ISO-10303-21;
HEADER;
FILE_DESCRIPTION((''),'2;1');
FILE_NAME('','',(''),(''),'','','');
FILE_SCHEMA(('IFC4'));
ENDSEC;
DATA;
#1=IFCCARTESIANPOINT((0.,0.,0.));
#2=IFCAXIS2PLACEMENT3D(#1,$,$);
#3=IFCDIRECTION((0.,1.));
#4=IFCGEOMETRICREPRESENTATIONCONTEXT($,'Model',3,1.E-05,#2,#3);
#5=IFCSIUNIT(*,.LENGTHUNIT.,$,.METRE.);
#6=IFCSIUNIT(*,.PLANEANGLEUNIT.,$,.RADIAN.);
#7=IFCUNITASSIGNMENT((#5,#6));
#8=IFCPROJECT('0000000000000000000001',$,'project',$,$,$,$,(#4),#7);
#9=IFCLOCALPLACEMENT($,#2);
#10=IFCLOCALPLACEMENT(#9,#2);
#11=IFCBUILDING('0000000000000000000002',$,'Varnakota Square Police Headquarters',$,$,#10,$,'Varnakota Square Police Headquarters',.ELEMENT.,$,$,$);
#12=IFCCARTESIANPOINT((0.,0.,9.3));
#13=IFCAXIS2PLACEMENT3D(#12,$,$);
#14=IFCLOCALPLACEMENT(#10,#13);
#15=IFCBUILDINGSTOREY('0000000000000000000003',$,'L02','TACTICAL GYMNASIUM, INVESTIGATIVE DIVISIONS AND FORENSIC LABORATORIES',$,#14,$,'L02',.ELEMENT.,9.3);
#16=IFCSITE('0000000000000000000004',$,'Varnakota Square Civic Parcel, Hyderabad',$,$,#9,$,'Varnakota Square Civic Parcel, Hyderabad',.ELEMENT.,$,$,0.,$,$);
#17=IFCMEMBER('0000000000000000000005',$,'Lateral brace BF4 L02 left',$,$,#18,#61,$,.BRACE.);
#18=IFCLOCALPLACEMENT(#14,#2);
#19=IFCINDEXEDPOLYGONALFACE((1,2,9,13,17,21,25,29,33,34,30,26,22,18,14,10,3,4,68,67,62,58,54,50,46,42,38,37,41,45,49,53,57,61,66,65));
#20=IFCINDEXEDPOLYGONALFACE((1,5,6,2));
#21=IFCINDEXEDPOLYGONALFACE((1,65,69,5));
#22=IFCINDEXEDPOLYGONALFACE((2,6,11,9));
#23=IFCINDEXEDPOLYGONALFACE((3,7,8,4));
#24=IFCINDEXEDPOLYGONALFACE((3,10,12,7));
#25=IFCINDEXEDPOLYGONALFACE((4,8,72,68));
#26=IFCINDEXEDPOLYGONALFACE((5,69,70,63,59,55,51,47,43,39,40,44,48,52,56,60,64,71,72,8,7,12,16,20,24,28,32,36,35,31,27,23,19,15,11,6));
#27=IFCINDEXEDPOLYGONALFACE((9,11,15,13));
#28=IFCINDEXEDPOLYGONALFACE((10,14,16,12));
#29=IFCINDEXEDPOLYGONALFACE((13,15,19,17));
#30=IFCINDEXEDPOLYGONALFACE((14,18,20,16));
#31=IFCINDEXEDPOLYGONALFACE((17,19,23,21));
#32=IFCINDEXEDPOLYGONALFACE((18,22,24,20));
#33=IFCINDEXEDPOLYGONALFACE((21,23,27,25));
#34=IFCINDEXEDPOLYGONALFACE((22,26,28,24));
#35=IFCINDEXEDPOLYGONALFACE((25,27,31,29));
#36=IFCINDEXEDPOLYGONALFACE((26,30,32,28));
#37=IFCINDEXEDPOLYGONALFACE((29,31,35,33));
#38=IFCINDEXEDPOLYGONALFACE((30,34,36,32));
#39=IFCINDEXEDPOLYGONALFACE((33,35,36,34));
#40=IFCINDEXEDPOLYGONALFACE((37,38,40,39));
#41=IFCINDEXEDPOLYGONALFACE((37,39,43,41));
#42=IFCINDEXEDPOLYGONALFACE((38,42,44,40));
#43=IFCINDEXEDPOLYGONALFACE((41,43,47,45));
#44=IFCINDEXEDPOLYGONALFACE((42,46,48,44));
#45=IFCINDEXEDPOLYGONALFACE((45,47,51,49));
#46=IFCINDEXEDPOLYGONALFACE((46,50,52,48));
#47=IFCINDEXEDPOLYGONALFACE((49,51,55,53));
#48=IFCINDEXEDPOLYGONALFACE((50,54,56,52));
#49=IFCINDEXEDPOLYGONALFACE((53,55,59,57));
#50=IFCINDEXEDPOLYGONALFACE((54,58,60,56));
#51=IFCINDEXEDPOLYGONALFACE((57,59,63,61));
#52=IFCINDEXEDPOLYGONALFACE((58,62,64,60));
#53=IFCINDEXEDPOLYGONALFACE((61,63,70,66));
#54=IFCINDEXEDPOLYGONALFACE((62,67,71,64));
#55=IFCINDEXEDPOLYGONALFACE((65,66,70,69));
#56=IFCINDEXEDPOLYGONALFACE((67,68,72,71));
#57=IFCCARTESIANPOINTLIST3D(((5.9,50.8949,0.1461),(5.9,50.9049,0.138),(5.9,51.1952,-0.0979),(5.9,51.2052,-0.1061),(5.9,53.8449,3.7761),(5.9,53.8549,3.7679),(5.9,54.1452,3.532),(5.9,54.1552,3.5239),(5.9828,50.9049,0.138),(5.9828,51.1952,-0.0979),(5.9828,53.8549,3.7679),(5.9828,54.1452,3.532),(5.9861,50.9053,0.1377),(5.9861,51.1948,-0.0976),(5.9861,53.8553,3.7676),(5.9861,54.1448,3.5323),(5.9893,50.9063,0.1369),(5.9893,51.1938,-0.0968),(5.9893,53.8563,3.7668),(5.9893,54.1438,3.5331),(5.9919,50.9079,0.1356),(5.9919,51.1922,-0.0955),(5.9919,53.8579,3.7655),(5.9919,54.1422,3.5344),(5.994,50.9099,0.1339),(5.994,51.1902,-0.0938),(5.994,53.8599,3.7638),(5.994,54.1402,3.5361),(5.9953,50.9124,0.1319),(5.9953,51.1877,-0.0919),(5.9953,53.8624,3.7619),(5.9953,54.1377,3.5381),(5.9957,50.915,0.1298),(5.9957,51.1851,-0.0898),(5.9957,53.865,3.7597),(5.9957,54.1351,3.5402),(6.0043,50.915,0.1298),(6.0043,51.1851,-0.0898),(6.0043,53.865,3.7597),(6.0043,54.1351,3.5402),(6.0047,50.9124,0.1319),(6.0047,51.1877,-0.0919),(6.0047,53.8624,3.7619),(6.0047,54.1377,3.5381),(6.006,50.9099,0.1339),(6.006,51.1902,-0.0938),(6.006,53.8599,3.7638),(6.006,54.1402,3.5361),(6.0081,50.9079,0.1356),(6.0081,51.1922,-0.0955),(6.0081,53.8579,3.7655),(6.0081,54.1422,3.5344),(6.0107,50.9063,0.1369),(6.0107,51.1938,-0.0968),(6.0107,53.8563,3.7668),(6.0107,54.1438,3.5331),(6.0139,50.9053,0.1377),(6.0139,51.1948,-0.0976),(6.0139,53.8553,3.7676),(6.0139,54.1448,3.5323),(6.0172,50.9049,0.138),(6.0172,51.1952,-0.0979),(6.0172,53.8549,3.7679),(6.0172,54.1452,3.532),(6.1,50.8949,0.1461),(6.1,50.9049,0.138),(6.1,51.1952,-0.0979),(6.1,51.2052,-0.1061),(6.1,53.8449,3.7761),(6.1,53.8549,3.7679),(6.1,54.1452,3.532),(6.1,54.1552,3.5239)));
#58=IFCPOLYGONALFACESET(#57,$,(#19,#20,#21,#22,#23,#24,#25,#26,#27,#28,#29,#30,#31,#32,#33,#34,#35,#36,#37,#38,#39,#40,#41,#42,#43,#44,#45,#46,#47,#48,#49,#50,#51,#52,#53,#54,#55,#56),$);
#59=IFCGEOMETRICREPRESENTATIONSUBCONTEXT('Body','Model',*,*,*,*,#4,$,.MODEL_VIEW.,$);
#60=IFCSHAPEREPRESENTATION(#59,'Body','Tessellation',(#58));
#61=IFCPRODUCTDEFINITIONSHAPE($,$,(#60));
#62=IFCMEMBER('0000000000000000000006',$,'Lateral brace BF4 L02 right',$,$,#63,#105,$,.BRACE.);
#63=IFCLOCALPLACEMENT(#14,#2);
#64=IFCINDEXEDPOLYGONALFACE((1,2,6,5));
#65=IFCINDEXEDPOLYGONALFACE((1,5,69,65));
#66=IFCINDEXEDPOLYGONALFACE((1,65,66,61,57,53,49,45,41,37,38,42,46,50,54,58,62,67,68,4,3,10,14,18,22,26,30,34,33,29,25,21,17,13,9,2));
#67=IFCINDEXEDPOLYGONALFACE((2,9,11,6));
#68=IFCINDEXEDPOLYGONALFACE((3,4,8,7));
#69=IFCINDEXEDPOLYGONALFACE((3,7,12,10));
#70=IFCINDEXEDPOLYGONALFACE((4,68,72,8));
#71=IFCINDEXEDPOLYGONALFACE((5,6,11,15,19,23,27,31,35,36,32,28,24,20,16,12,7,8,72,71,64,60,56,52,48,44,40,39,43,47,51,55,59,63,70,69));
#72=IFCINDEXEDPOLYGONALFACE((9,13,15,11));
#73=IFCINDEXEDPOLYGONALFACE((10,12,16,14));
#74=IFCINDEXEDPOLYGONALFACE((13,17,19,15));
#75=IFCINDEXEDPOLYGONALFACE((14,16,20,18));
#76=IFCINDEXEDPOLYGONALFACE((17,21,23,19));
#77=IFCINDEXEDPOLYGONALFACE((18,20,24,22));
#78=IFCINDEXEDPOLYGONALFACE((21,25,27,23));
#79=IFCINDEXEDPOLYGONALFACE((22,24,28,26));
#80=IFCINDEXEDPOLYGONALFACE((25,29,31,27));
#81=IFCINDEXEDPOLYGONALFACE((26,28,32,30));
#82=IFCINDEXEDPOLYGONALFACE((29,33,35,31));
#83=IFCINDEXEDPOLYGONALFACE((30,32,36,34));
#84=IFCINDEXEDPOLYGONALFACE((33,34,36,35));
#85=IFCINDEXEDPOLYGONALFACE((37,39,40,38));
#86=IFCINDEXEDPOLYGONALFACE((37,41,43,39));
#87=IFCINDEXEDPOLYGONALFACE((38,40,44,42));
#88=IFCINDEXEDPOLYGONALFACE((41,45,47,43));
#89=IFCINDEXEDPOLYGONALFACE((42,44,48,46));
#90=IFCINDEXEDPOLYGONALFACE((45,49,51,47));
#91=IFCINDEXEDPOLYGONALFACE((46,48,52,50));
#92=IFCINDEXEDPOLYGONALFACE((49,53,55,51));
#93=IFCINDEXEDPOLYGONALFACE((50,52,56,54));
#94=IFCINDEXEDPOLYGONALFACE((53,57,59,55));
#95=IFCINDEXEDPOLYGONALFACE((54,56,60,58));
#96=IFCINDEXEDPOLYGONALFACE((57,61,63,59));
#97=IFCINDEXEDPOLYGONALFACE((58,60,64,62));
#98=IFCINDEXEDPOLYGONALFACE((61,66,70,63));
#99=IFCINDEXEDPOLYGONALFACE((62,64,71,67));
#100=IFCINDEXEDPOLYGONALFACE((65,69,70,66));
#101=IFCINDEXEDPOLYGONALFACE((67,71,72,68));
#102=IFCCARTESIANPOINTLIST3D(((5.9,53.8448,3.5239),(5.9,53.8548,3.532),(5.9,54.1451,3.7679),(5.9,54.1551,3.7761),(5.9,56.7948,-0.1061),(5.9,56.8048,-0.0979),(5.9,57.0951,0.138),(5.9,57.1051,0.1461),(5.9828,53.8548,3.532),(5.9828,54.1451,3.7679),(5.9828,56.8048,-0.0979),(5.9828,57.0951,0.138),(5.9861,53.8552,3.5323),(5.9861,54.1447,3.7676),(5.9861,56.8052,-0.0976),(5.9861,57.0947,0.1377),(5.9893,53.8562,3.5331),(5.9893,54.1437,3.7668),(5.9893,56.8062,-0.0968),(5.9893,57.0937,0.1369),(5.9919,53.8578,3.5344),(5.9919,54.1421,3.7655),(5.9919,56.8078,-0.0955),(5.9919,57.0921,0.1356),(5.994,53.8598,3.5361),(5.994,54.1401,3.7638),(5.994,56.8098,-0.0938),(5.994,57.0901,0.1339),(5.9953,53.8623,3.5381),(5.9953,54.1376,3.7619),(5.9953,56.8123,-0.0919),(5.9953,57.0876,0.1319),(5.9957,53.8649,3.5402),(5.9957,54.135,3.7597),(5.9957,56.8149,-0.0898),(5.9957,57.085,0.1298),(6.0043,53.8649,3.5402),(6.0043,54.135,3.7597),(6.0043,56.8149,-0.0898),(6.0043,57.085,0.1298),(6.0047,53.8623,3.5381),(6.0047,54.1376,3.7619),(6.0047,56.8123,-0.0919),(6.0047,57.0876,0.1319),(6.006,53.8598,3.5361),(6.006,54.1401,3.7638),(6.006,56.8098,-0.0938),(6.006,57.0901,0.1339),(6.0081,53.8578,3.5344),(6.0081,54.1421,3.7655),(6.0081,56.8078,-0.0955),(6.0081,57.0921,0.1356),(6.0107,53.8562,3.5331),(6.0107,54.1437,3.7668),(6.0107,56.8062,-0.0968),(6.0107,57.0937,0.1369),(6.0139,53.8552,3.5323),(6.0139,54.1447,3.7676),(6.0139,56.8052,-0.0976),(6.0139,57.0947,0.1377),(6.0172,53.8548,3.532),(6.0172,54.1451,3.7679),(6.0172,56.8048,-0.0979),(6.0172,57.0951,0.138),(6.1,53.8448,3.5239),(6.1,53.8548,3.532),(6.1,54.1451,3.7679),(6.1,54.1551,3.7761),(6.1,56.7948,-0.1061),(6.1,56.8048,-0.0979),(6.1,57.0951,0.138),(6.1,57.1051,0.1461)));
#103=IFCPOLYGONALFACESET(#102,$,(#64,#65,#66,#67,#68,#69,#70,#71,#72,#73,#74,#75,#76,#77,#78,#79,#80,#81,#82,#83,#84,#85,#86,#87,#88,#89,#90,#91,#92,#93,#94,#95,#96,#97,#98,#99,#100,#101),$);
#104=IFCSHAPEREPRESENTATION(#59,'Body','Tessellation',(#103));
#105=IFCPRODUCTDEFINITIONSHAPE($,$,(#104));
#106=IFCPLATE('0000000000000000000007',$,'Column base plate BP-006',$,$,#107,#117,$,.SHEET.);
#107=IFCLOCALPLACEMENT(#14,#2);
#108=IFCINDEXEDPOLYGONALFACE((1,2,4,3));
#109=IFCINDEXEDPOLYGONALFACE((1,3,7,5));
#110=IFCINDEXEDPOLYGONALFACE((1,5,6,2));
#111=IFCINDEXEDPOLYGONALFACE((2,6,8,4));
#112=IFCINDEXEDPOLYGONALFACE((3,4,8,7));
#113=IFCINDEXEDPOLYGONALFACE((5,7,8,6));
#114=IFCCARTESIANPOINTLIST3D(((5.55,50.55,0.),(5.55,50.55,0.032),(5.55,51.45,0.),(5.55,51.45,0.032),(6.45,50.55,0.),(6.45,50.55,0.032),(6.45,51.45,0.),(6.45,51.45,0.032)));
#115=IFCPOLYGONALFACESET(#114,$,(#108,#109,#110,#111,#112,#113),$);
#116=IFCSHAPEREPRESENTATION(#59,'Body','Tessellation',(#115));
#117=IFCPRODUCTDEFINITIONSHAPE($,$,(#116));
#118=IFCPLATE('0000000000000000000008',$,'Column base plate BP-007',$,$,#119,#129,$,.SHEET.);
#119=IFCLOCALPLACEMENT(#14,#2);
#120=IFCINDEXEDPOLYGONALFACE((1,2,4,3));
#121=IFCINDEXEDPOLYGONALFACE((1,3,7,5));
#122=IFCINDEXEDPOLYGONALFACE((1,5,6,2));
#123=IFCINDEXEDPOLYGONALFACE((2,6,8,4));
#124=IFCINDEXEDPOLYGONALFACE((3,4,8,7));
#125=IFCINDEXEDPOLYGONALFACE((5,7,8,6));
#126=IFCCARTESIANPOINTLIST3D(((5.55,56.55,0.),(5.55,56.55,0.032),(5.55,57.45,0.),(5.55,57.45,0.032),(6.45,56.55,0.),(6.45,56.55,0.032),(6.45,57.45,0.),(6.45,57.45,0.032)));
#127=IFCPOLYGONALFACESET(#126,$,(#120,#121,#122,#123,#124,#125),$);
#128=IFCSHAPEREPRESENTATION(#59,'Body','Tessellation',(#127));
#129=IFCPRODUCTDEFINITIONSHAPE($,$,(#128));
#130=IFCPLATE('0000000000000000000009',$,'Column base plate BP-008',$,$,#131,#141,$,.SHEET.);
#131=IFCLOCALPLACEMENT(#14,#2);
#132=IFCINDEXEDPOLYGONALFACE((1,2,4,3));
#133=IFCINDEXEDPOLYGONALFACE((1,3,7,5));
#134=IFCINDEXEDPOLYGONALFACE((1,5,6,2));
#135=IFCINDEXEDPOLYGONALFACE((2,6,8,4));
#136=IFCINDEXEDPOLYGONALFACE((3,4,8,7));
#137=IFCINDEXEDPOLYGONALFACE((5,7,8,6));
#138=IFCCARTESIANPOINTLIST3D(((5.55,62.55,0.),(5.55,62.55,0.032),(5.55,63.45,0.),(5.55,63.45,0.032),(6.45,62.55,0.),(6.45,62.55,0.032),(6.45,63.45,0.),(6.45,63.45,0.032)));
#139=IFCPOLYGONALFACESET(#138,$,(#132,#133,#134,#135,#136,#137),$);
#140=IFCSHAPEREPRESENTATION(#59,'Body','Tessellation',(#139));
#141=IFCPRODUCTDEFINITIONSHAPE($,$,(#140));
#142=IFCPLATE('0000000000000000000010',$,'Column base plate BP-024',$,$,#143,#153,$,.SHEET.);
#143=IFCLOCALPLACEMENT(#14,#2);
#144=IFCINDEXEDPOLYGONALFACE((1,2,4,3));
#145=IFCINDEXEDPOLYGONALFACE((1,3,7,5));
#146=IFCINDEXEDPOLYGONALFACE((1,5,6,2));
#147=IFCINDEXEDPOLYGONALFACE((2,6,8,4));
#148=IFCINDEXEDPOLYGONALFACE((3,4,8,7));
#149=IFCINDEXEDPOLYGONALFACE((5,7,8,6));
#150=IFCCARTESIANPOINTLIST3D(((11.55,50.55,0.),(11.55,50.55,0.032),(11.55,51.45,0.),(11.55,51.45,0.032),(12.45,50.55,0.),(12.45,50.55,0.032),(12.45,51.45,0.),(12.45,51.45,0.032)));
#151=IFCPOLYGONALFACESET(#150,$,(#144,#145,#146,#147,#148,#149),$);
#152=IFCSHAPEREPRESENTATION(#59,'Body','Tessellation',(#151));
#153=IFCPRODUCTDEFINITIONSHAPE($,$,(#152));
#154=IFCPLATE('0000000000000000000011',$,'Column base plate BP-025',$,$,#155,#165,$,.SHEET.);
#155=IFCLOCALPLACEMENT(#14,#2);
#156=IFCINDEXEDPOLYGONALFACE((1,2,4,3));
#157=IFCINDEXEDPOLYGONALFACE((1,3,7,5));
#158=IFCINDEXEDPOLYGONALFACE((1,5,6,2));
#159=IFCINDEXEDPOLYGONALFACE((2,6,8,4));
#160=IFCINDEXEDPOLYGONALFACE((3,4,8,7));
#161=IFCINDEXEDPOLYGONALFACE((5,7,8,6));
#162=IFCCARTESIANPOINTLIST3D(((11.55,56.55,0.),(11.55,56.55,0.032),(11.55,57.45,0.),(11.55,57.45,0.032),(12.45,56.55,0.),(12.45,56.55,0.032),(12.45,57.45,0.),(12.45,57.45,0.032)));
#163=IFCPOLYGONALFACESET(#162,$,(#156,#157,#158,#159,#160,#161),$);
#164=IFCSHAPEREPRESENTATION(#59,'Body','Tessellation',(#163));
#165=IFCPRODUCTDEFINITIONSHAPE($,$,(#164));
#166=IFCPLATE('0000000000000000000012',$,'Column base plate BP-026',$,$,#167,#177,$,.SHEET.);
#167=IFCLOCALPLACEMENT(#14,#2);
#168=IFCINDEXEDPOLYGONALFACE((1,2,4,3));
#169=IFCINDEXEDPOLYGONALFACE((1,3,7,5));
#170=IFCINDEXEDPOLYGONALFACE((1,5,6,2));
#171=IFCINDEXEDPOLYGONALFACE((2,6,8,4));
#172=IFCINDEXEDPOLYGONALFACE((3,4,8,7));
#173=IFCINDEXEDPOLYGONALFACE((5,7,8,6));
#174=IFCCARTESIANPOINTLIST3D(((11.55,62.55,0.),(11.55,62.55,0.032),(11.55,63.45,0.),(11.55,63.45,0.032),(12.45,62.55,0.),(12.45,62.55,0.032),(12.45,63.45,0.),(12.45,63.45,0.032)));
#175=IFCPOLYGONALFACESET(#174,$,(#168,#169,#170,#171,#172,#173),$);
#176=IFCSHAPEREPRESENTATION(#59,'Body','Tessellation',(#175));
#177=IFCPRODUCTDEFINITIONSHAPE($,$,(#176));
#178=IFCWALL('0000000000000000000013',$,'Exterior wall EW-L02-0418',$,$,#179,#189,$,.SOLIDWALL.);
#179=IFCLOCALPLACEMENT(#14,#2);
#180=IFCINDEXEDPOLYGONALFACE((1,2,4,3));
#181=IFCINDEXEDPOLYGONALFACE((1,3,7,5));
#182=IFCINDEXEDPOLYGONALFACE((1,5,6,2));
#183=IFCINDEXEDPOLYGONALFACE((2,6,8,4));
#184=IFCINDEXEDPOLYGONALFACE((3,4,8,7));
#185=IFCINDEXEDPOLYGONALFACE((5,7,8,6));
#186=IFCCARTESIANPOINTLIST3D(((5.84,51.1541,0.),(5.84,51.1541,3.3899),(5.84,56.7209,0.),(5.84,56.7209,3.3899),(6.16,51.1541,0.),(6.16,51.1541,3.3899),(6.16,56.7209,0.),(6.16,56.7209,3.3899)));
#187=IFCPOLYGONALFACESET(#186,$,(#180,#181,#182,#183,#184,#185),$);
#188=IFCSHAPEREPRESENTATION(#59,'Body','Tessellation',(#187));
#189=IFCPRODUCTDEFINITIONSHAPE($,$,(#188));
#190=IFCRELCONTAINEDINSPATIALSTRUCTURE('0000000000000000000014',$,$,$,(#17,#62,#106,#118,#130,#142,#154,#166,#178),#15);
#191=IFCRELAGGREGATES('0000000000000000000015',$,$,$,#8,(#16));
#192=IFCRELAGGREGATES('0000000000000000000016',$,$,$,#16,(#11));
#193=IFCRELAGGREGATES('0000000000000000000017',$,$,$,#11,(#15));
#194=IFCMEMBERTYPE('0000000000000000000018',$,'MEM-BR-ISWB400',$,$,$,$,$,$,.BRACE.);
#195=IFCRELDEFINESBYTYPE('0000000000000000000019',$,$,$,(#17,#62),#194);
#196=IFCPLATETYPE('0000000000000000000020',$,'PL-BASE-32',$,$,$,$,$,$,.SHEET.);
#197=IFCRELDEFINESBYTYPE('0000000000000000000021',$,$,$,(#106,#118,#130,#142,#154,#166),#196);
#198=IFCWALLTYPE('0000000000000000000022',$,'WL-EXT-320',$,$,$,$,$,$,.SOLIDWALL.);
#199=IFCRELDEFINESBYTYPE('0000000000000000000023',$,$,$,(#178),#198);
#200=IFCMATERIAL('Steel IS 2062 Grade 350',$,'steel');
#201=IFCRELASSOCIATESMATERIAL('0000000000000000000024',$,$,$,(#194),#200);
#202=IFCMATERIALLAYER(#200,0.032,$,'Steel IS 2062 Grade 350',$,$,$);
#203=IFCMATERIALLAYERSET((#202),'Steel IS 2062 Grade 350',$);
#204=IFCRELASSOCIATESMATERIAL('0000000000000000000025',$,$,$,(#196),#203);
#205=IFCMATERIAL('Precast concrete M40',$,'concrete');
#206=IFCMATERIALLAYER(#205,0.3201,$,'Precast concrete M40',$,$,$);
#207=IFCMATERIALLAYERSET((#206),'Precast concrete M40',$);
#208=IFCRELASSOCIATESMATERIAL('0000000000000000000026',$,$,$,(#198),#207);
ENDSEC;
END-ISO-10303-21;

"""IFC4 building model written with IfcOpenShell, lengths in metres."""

from ifc_helpers import new_model, si_unit, direction, frame, frame_2d, origin, origin_2d, place, context, subcontext, project, spatial, rectangle, i_section, extrude, material, layer, layer_set, material_profile, profile_set, type_object, element, save


model = new_model("IFC4")

# Units and contexts
model_context = context("Model", 3, precision=1e-05, world=origin(), true_north=direction((0.0, 1.0)))
body_context = subcontext(model_context, "Body", "Model", "MODEL_VIEW")
ifc_project = project(units=[si_unit("LENGTHUNIT", "METRE"), si_unit("PLANEANGLEUNIT", "RADIAN")], contexts=[model_context])

# Site, building, storey
site_placement = place(None, origin())
site = spatial("IfcSite", under=ifc_project, at=site_placement, Name="Varnakota Square Civic Parcel, Hyderabad", LongName="Varnakota Square Civic Parcel, Hyderabad", CompositionType="ELEMENT", RefElevation=0.0)
building_placement = place(site_placement, origin())
building = spatial("IfcBuilding", under=site, at=building_placement, Name="Varnakota Square Police Headquarters", LongName="Varnakota Square Police Headquarters", CompositionType="ELEMENT")
storey_placement = place(building_placement, frame((0.0, 0.0, 9.3)))
storey = spatial("IfcBuildingStorey", under=building, at=storey_placement, Name="L02", Description="TACTICAL GYMNASIUM, INVESTIGATIVE DIVISIONS AND FORENSIC LABORATORIES", LongName="L02", CompositionType="ELEMENT", Elevation=9.3)

# Shared definitions
ifc_material_1 = material(Name="Steel IS 2062 Grade 350", Category="steel")

# Members
ifc_material_profile_1 = material_profile(ifc_material_1, i_section(OverallWidth=0.2, OverallDepth=0.3999, WebThickness=0.0085, FlangeThickness=0.0129, FilletRadius=0.0129, at=origin_2d()), Name="ISWB 400")
ifc_profile_set_1 = profile_set([ifc_material_profile_1], Name="Steel IS 2062 Grade 350")
member_type = type_object("IfcMemberType", Name="MEM-BR-ISWB400", PredefinedType="BRACE", material=ifc_profile_set_1)
for number, where, z_axis, x_axis, name in (
    (1, (6.0, 51.05, 0.02), (0.0, 0.630679, 0.776044), (-1.0, 0.0, 0.0), "Lateral brace BF4 L02 left"),
    (2, (6.0, 56.95, 0.02), (0.0, -0.630679, 0.776044), (1.0, 0.0, 0.0), "Lateral brace BF4 L02 right"),
):
    element("IfcMember", number, at=place(storey_placement, frame(where, z_axis=z_axis, x_axis=x_axis)), inside=storey, type_object=member_type, Name=name, PredefinedType="BRACE", context=body_context, shape_type="SweptSolid", body=[
        extrude(i_section(OverallWidth=0.2, OverallDepth=0.3999, WebThickness=0.0085, FlangeThickness=0.0129, FilletRadius=0.0129, at=origin_2d()), origin(), (0.0, 0.0, 1.0), 4.6775),
    ])

# Plates
ifc_layer_1 = layer(ifc_material_1, 0.032, Name="Steel IS 2062 Grade 350")
ifc_layer_set_1 = layer_set([ifc_layer_1], Name="Steel IS 2062 Grade 350")
plate_type = type_object("IfcPlateType", Name="PL-BASE-32", PredefinedType="SHEET", material=ifc_layer_set_1)
for number, where, z_axis, x_axis, name in (
    (3, (6.0, 51.0, 0.0), (0.0, 0.0, 1.0), (1.0, 0.0, 0.0), "Column base plate BP-006"),
    (4, (6.0, 57.0, 0.0), (0.0, 0.0, 1.0), (1.0, 0.0, 0.0), "Column base plate BP-007"),
    (5, (6.0, 63.0, 0.0), (0.0, 0.0, 1.0), (1.0, 0.0, 0.0), "Column base plate BP-008"),
    (6, (12.0, 51.0, 0.0), (0.0, 0.0, 1.0), (1.0, 0.0, 0.0), "Column base plate BP-024"),
    (7, (12.0, 57.0, 0.0), (0.0, 0.0, 1.0), (1.0, 0.0, 0.0), "Column base plate BP-025"),
    (8, (12.0, 63.0, 0.0), (0.0, 0.0, 1.0), (1.0, 0.0, 0.0), "Column base plate BP-026"),
):
    element("IfcPlate", number, at=place(storey_placement, frame(where, z_axis=z_axis, x_axis=x_axis)), inside=storey, type_object=plate_type, Name=name, PredefinedType="SHEET", context=body_context, shape_type="SweptSolid", body=[
        extrude(rectangle(XDim=0.8999, YDim=0.8999, at=origin_2d()), origin(), (0.0, 0.0, 1.0), 0.032),
    ])

# Wall
ifc_material_2 = material(Name="Precast concrete M40", Category="concrete")
ifc_layer_2 = layer(ifc_material_2, 0.3201, Name="Precast concrete M40")
ifc_layer_set_2 = layer_set([ifc_layer_2], Name="Precast concrete M40")
wall_type = type_object("IfcWallType", Name="WL-EXT-320", PredefinedType="SOLIDWALL", material=ifc_layer_set_2)
wall_1_placement = place(storey_placement, frame((6.0, 51.1541, 0.0), z_axis=(0.0, 0.0, 1.0), x_axis=(0.0, 1.0, 0.0)))
element("IfcWall", 9, at=wall_1_placement, inside=storey, type_object=wall_type, Name="Exterior wall EW-L02-0418", PredefinedType="SOLIDWALL", context=body_context, shape_type="SweptSolid", body=[
    extrude(rectangle(XDim=5.5669, YDim=0.3201, at=frame_2d((2.7834, 0.0))), origin(), (0.0, 0.0, 1.0), 3.3899),
])

save(model, "model.ifc")
